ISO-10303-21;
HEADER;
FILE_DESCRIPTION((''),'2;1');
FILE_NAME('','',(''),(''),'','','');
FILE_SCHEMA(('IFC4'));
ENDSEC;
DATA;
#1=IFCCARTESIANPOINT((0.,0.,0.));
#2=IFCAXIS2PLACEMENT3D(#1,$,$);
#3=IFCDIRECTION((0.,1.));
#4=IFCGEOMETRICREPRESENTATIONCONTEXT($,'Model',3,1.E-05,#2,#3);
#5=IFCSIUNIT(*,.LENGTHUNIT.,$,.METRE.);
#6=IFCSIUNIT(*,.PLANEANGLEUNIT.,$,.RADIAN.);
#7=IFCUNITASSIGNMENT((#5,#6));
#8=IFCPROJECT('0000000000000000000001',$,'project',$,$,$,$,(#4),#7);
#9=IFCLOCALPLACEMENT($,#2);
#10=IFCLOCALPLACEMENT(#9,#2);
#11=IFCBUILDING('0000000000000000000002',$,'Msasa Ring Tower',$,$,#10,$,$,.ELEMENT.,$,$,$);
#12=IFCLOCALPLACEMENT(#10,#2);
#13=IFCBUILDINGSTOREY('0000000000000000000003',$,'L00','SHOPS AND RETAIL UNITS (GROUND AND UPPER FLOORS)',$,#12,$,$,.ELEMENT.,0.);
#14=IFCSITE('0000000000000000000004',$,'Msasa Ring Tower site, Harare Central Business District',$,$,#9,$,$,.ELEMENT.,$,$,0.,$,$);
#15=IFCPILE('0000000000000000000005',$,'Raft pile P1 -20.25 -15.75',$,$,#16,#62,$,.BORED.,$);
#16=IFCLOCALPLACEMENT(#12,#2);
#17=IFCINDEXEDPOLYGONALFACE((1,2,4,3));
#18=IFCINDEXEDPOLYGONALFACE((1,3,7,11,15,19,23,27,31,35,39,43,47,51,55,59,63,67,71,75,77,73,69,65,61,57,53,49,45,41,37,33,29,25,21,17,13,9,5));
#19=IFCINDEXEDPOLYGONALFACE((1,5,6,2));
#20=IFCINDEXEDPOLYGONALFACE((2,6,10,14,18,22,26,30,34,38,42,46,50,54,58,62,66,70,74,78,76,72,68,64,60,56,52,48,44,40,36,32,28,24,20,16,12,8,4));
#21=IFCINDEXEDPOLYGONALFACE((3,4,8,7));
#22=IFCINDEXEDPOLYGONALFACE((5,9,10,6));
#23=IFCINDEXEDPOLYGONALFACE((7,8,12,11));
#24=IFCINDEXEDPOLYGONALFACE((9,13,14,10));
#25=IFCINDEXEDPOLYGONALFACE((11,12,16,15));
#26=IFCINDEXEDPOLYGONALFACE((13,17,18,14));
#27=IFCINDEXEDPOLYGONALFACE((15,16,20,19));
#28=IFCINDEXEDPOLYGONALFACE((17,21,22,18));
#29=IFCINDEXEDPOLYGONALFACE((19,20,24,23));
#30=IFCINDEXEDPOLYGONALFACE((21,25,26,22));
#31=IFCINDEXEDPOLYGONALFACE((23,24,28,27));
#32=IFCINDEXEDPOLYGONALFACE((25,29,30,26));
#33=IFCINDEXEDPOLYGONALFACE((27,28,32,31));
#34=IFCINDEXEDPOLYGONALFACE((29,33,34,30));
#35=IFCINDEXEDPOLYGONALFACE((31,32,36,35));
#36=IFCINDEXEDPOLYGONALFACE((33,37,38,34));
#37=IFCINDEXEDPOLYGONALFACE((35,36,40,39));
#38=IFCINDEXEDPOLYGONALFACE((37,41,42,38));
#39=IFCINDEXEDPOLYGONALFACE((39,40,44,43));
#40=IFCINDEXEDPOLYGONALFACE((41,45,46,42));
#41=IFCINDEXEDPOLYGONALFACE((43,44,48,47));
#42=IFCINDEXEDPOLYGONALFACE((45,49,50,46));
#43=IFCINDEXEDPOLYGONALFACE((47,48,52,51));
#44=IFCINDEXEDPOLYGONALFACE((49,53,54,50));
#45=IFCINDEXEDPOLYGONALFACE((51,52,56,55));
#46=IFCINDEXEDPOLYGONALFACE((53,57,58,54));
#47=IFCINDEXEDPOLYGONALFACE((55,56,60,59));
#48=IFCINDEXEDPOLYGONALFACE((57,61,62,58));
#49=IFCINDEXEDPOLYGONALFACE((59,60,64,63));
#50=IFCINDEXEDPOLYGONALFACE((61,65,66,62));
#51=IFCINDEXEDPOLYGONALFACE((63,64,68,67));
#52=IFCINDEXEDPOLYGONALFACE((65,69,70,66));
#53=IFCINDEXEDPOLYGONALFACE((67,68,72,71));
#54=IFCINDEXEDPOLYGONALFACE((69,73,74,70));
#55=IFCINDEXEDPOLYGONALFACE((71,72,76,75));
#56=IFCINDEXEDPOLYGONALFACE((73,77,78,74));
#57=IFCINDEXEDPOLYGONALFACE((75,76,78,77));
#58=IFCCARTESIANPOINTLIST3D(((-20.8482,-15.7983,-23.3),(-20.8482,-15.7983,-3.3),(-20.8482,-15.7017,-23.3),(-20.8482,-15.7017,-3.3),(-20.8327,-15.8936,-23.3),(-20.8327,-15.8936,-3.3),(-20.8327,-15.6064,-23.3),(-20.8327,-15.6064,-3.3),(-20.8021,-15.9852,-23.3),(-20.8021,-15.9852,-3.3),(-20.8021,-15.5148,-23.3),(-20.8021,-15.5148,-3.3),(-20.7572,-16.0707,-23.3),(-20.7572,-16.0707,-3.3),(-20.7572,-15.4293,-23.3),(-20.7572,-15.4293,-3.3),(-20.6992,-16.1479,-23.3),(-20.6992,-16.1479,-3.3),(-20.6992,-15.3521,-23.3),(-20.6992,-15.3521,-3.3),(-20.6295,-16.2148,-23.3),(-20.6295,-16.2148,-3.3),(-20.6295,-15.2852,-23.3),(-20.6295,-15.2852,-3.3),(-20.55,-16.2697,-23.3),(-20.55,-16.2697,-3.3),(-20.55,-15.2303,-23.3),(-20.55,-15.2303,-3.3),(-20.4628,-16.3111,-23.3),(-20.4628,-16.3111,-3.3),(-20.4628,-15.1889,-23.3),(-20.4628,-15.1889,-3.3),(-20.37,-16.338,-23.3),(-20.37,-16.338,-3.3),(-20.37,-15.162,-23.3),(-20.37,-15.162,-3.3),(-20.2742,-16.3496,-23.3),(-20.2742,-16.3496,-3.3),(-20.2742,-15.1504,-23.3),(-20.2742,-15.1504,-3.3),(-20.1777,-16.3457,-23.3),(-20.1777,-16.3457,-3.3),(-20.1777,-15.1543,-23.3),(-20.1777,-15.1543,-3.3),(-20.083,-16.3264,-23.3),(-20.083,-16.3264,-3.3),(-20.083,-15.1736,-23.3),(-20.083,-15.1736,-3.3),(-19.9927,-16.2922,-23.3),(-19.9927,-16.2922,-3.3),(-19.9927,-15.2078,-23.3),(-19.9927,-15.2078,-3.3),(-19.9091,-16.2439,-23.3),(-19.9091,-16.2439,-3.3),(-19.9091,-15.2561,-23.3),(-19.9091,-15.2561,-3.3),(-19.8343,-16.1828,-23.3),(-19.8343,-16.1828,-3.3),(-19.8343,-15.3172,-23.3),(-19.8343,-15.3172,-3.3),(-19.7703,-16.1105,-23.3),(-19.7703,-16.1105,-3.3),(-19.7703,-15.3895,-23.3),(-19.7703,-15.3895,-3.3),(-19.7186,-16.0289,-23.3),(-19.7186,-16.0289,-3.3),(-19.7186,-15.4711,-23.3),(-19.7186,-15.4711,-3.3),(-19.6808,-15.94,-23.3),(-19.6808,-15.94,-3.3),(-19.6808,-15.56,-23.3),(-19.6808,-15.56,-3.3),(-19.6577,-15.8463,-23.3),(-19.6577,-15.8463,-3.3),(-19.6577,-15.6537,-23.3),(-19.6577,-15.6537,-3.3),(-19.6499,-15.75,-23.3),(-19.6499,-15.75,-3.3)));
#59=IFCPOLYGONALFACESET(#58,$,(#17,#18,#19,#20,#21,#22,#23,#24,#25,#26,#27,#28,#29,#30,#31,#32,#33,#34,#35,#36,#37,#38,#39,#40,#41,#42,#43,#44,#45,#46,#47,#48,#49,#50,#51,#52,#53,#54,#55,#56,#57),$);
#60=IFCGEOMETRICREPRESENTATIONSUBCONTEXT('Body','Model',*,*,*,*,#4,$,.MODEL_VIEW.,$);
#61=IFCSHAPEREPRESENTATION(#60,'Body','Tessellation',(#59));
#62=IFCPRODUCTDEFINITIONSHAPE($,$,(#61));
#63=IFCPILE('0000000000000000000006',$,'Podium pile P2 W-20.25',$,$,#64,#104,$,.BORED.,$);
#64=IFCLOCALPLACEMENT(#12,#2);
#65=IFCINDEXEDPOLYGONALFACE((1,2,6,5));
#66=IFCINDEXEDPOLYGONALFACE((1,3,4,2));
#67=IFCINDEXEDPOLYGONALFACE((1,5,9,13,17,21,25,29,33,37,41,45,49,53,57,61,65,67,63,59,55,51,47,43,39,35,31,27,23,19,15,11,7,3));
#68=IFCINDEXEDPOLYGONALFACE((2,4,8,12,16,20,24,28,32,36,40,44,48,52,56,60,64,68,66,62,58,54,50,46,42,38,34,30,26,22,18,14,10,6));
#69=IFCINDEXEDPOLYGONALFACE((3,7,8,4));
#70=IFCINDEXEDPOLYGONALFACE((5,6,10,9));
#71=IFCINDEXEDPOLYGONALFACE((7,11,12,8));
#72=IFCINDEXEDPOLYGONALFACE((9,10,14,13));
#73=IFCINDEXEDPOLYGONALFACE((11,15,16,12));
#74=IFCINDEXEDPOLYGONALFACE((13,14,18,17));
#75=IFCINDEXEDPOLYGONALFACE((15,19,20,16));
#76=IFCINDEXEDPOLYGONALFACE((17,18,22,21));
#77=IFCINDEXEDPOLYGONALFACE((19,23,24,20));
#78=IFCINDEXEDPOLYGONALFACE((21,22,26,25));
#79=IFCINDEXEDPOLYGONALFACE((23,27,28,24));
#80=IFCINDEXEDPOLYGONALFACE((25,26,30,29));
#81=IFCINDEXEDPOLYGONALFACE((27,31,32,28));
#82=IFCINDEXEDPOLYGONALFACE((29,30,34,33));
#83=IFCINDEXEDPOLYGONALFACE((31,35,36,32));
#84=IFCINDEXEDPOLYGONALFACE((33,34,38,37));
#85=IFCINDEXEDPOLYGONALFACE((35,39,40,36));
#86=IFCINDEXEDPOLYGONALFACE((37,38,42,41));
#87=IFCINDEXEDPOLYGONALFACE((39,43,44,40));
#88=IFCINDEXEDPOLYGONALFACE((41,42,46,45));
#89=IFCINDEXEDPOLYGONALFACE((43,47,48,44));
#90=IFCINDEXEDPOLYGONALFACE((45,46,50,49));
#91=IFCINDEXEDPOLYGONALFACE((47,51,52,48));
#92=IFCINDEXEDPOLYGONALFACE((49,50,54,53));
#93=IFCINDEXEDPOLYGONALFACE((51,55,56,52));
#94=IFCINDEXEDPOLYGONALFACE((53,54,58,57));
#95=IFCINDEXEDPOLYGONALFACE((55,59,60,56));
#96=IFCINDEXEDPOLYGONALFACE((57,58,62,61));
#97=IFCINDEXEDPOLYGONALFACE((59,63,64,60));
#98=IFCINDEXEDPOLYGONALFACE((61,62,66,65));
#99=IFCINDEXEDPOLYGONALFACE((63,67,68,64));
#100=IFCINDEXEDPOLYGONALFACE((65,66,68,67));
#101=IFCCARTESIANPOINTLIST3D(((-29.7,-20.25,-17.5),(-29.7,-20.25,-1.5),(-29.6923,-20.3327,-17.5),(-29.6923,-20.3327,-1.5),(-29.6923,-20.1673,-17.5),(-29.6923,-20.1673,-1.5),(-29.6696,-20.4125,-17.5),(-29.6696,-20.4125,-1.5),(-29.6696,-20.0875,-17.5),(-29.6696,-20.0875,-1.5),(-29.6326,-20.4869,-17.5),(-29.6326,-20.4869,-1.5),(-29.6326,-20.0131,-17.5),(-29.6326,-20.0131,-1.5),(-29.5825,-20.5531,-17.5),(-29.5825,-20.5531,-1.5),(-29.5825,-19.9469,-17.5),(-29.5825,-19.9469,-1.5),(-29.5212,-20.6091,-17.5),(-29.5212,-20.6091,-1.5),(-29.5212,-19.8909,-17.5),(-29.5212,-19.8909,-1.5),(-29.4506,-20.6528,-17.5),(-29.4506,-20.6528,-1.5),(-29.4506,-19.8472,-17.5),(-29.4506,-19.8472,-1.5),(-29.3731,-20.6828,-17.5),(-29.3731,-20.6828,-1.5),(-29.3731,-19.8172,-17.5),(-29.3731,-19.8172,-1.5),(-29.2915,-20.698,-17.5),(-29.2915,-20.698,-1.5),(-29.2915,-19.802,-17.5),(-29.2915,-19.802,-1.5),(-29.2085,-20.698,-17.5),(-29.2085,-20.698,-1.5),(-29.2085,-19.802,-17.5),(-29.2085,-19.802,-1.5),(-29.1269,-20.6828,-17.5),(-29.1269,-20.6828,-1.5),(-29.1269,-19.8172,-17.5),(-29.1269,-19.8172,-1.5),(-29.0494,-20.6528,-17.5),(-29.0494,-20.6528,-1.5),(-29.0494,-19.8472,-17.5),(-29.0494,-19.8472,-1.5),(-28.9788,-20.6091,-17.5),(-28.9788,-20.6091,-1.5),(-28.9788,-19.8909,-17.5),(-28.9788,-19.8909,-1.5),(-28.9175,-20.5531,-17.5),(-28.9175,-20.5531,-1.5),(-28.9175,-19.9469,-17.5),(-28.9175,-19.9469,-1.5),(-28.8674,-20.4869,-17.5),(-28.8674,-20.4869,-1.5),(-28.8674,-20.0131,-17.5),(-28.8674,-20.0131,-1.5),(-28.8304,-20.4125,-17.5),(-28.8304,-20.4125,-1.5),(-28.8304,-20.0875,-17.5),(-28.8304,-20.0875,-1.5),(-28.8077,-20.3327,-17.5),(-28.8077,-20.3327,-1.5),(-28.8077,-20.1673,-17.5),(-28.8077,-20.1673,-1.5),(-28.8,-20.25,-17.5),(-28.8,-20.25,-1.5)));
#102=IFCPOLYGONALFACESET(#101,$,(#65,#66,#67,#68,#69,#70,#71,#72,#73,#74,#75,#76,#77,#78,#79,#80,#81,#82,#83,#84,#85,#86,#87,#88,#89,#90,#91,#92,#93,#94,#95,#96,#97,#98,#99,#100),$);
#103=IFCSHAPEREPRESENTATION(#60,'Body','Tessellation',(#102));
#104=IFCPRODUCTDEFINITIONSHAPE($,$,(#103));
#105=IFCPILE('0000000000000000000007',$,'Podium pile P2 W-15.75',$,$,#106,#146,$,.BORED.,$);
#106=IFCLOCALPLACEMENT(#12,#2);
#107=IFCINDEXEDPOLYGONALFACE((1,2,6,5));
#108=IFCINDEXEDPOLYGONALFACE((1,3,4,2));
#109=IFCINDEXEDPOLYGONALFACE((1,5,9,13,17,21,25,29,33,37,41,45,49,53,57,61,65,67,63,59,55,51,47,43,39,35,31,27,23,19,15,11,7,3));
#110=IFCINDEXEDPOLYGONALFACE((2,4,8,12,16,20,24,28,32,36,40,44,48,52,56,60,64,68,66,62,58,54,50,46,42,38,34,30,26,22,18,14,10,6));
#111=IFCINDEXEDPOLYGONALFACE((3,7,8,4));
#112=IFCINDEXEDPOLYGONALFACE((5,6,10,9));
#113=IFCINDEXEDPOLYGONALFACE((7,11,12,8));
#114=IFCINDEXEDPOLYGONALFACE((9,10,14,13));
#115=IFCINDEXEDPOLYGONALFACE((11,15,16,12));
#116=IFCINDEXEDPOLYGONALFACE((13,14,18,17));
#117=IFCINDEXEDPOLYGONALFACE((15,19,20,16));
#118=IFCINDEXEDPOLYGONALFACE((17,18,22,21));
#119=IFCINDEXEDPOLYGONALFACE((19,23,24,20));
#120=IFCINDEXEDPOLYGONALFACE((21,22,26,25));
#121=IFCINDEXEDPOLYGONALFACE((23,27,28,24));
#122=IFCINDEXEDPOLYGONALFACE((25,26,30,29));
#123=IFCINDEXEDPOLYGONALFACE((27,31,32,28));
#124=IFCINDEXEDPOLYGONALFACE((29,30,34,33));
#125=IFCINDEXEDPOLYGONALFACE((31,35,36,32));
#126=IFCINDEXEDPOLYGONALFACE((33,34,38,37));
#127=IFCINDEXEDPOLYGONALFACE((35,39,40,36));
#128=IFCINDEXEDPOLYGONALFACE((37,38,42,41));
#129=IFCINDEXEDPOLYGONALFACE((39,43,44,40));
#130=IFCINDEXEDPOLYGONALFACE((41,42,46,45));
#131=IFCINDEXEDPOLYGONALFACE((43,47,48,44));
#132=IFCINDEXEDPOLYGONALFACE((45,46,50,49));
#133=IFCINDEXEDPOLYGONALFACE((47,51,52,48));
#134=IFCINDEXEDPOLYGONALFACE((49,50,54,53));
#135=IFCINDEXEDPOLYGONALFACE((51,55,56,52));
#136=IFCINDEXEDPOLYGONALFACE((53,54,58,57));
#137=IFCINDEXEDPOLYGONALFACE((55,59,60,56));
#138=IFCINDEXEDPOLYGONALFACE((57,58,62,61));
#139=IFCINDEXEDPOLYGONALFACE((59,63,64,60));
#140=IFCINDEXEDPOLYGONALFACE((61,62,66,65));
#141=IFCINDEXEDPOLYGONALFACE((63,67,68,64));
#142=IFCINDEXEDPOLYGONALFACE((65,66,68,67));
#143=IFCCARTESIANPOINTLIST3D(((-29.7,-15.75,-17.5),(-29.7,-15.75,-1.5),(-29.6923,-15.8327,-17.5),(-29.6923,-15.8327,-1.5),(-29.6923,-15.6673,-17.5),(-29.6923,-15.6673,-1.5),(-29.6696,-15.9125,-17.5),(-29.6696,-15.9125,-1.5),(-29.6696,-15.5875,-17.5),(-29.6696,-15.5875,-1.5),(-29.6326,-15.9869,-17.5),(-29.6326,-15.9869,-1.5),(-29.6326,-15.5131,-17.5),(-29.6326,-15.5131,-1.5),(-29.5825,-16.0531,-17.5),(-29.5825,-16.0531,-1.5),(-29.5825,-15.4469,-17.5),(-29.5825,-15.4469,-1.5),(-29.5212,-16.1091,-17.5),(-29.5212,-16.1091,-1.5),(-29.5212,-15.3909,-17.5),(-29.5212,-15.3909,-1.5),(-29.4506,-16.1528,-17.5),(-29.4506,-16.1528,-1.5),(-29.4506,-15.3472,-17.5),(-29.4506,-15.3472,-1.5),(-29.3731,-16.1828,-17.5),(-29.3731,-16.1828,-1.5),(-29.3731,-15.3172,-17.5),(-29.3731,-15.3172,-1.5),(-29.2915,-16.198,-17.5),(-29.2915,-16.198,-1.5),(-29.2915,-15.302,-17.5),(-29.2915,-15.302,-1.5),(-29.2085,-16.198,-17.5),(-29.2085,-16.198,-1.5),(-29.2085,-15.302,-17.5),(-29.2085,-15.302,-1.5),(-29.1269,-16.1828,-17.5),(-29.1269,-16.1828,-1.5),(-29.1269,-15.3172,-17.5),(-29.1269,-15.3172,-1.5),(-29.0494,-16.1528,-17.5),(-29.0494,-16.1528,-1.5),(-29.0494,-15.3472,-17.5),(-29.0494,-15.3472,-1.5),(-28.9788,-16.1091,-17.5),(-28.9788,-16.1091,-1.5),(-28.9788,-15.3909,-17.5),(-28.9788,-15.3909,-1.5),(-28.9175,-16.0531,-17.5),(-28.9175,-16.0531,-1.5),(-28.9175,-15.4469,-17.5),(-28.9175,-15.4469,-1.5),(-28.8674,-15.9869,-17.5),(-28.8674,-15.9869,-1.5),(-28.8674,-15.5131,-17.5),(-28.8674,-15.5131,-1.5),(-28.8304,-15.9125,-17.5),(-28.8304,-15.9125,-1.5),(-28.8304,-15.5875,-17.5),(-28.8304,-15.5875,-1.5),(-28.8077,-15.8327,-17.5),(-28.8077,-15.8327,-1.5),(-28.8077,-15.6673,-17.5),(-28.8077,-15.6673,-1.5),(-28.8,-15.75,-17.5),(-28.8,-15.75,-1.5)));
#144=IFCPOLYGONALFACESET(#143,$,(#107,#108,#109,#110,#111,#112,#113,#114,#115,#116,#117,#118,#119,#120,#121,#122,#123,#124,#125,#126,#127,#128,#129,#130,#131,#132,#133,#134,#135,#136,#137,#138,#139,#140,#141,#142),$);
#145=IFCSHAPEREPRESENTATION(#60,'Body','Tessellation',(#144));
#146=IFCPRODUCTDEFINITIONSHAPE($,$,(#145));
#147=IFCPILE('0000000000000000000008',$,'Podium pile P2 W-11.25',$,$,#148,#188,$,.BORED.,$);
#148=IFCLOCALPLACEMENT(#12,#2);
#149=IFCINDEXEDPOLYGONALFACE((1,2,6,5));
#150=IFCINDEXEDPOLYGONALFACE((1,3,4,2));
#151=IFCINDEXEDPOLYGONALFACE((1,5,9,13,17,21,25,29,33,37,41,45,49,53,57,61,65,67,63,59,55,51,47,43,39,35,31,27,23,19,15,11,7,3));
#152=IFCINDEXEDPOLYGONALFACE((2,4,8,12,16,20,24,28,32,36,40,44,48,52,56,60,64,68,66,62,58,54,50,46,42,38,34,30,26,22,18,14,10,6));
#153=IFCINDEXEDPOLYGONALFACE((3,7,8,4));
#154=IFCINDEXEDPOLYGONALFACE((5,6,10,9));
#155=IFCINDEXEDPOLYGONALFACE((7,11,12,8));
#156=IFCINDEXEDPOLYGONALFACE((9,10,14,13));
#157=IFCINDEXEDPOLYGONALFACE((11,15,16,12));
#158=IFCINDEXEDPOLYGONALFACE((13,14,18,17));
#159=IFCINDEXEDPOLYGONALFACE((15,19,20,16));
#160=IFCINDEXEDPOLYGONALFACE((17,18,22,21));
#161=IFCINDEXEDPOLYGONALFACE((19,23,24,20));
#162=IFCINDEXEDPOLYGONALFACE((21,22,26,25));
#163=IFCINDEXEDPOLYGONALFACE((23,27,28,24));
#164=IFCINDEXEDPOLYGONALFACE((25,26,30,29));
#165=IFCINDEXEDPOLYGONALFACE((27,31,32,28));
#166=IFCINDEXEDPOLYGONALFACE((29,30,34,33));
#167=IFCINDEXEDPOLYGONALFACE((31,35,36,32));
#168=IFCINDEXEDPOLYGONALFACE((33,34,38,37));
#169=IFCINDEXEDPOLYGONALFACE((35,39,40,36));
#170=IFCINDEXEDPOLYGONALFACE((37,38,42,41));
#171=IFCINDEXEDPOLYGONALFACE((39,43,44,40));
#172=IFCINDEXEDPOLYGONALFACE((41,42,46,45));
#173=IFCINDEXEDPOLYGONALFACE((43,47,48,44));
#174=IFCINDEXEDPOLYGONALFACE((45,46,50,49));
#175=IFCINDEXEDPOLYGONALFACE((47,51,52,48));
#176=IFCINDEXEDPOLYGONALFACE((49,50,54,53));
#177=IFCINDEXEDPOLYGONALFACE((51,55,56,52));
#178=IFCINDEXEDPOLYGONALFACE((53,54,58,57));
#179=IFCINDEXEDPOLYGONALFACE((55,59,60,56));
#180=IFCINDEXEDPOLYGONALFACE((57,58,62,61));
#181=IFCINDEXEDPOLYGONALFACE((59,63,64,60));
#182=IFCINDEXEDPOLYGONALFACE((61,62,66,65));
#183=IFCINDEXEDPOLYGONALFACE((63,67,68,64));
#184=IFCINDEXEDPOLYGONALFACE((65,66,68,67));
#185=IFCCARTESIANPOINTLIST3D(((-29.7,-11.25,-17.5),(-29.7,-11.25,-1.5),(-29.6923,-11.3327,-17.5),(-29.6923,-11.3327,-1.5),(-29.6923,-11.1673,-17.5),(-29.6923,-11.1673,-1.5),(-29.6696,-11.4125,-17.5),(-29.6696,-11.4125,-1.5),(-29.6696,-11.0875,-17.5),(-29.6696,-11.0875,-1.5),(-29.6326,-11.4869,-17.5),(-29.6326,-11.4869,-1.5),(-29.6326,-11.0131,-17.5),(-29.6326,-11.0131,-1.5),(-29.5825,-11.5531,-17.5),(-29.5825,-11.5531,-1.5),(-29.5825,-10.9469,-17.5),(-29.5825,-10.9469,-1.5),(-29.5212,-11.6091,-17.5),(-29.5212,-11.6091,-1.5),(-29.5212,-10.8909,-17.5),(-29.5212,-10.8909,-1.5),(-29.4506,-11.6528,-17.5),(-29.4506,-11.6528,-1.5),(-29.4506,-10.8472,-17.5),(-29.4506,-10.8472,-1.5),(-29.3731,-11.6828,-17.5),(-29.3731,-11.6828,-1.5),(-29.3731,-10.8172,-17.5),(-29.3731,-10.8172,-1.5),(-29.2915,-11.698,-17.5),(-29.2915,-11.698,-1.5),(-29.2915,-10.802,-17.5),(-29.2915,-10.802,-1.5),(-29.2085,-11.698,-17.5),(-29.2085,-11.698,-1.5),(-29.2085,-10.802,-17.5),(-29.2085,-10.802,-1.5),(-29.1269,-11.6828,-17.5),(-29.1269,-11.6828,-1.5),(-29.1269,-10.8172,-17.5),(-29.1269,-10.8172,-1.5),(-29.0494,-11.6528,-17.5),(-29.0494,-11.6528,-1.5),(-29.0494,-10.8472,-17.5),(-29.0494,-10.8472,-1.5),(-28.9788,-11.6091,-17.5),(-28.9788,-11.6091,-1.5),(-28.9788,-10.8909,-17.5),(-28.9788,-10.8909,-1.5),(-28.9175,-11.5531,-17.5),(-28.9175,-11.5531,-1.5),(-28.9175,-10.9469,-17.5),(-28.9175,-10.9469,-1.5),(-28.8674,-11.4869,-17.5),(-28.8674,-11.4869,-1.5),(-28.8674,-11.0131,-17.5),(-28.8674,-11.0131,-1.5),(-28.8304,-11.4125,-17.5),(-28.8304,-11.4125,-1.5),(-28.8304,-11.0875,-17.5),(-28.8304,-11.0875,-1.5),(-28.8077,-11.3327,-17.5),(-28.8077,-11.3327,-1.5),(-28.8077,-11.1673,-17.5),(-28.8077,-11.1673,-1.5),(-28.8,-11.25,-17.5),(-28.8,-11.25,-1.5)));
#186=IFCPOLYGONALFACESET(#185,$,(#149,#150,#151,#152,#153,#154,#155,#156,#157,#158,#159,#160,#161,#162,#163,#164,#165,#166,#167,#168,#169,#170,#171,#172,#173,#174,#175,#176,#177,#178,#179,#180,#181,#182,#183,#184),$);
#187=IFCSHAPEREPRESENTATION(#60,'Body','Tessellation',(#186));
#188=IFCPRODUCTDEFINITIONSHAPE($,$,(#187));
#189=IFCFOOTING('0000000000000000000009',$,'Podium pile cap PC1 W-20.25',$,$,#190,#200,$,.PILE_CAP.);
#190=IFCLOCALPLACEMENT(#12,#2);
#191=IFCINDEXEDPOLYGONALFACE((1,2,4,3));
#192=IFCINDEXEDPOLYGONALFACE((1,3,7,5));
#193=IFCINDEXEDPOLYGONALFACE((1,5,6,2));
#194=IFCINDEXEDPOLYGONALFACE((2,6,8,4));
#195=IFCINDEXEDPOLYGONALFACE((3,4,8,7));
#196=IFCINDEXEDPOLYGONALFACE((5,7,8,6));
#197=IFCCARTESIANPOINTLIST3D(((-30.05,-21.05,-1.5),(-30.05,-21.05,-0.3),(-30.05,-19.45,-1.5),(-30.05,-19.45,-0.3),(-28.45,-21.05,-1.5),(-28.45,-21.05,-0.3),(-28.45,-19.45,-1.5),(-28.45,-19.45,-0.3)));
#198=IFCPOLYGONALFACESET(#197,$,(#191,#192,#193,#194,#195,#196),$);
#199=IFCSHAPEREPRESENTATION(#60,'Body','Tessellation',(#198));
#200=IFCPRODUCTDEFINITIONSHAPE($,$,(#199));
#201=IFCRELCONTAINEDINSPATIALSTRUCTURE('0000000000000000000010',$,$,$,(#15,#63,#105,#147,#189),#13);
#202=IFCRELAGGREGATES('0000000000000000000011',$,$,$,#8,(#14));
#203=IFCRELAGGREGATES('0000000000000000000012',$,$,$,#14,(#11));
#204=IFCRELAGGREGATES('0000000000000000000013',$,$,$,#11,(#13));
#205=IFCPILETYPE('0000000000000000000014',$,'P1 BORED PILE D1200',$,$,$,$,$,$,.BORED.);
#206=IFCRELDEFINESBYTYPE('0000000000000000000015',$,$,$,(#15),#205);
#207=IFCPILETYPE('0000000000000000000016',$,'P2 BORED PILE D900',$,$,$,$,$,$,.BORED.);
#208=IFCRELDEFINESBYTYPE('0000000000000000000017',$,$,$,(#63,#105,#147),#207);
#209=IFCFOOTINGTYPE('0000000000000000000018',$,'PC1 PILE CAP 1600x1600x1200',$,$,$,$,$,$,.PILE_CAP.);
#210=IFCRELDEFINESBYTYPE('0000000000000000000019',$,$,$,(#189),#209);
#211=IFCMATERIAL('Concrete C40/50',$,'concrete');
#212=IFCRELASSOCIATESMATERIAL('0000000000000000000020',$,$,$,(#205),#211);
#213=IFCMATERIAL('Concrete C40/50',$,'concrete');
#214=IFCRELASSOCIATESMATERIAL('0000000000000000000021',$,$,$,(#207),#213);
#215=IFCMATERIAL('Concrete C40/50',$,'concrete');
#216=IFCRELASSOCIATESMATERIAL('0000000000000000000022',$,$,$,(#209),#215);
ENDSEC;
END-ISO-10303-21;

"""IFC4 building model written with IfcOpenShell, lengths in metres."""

from ifc_helpers import new_model, si_unit, direction, frame, origin, origin_2d, place, context, subcontext, project, spatial, rectangle, circle, extrude, material, material_profile, profile_set, type_object, element, save


model = new_model("IFC4")

# Units and contexts
model_context = context("Model", 3, precision=1e-05, world=origin(), true_north=direction((0.0, 1.0)))
body_context = subcontext(model_context, "Body", "Model", "MODEL_VIEW")
ifc_project = project(units=[si_unit("LENGTHUNIT", "METRE"), si_unit("PLANEANGLEUNIT", "RADIAN")], contexts=[model_context])

# Site, building, storey
site_placement = place(None, origin())
site = spatial("IfcSite", under=ifc_project, at=site_placement, Name="Msasa Ring Tower site, Harare Central Business District", CompositionType="ELEMENT", RefElevation=0.0)
building_placement = place(site_placement, origin())
building = spatial("IfcBuilding", under=site, at=building_placement, Name="Msasa Ring Tower", CompositionType="ELEMENT")
storey_placement = place(building_placement, origin())
storey = spatial("IfcBuildingStorey", under=building, at=storey_placement, Name="L00", Description="SHOPS AND RETAIL UNITS (GROUND AND UPPER FLOORS)", CompositionType="ELEMENT", Elevation=0.0)

# Piles
ifc_material_1 = material(Name="Concrete C40/50", Category="concrete")
ifc_material_profile_1 = material_profile(ifc_material_1, circle(Radius=0.6001, at=origin_2d()), Name="D1200")
ifc_profile_set_1 = profile_set([ifc_material_profile_1], Name="Concrete C40/50")
pile_type_1 = type_object("IfcPileType", Name="P1 BORED PILE D1200", PredefinedType="BORED", material=ifc_profile_set_1)
for number, where, z_axis, x_axis, name in (
    (1, (-20.25, -15.75, -3.3), (0.0, 0.0, -1.0), (1.0, 0.0, 0.0), "Raft pile P1 -20.25 -15.75"),
):
    element("IfcPile", number, at=place(storey_placement, frame(where, z_axis=z_axis, x_axis=x_axis)), inside=storey, type_object=pile_type_1, Name=name, PredefinedType="BORED", context=body_context, shape_type="SweptSolid", body=[
        extrude(circle(Radius=0.6001, at=origin_2d()), origin(), (0.0, 0.0, 1.0), 20.0),
    ])
ifc_material_2 = material(Name="Concrete C40/50", Category="concrete")
ifc_material_profile_2 = material_profile(ifc_material_2, circle(Radius=0.45, at=origin_2d()), Name="D900")
ifc_profile_set_2 = profile_set([ifc_material_profile_2], Name="Concrete C40/50")
pile_type_2 = type_object("IfcPileType", Name="P2 BORED PILE D900", PredefinedType="BORED", material=ifc_profile_set_2)
for number, where, z_axis, x_axis, name in (
    (2, (-29.25, -20.25, -1.5), (0.0, 0.0, -1.0), (1.0, 0.0, 0.0), "Podium pile P2 W-20.25"),
    (3, (-29.25, -15.75, -1.5), (0.0, 0.0, -1.0), (1.0, 0.0, 0.0), "Podium pile P2 W-15.75"),
    (4, (-29.25, -11.25, -1.5), (0.0, 0.0, -1.0), (1.0, 0.0, 0.0), "Podium pile P2 W-11.25"),
):
    element("IfcPile", number, at=place(storey_placement, frame(where, z_axis=z_axis, x_axis=x_axis)), inside=storey, type_object=pile_type_2, Name=name, PredefinedType="BORED", context=body_context, shape_type="SweptSolid", body=[
        extrude(circle(Radius=0.45, at=origin_2d()), origin(), (0.0, 0.0, 1.0), 16.0),
    ])

# Footing
ifc_material_3 = material(Name="Concrete C40/50", Category="concrete")
footing_type = type_object("IfcFootingType", Name="PC1 PILE CAP 1600x1600x1200", PredefinedType="PILE_CAP", material=ifc_material_3)
for number, where, z_axis, x_axis, name in (
    (5, (-29.25, -20.25, -1.5), (0.0, 0.0, 1.0), (1.0, 0.0, 0.0), "Podium pile cap PC1 W-20.25"),
):
    element("IfcFooting", number, at=place(storey_placement, frame(where, z_axis=z_axis, x_axis=x_axis)), inside=storey, type_object=footing_type, Name=name, PredefinedType="PILE_CAP", context=body_context, shape_type="SweptSolid", body=[
        extrude(rectangle(XDim=1.6001, YDim=1.6001, at=origin_2d()), origin(), (0.0, 0.0, 1.0), 1.2),
    ])

save(model, "model.ifc")
